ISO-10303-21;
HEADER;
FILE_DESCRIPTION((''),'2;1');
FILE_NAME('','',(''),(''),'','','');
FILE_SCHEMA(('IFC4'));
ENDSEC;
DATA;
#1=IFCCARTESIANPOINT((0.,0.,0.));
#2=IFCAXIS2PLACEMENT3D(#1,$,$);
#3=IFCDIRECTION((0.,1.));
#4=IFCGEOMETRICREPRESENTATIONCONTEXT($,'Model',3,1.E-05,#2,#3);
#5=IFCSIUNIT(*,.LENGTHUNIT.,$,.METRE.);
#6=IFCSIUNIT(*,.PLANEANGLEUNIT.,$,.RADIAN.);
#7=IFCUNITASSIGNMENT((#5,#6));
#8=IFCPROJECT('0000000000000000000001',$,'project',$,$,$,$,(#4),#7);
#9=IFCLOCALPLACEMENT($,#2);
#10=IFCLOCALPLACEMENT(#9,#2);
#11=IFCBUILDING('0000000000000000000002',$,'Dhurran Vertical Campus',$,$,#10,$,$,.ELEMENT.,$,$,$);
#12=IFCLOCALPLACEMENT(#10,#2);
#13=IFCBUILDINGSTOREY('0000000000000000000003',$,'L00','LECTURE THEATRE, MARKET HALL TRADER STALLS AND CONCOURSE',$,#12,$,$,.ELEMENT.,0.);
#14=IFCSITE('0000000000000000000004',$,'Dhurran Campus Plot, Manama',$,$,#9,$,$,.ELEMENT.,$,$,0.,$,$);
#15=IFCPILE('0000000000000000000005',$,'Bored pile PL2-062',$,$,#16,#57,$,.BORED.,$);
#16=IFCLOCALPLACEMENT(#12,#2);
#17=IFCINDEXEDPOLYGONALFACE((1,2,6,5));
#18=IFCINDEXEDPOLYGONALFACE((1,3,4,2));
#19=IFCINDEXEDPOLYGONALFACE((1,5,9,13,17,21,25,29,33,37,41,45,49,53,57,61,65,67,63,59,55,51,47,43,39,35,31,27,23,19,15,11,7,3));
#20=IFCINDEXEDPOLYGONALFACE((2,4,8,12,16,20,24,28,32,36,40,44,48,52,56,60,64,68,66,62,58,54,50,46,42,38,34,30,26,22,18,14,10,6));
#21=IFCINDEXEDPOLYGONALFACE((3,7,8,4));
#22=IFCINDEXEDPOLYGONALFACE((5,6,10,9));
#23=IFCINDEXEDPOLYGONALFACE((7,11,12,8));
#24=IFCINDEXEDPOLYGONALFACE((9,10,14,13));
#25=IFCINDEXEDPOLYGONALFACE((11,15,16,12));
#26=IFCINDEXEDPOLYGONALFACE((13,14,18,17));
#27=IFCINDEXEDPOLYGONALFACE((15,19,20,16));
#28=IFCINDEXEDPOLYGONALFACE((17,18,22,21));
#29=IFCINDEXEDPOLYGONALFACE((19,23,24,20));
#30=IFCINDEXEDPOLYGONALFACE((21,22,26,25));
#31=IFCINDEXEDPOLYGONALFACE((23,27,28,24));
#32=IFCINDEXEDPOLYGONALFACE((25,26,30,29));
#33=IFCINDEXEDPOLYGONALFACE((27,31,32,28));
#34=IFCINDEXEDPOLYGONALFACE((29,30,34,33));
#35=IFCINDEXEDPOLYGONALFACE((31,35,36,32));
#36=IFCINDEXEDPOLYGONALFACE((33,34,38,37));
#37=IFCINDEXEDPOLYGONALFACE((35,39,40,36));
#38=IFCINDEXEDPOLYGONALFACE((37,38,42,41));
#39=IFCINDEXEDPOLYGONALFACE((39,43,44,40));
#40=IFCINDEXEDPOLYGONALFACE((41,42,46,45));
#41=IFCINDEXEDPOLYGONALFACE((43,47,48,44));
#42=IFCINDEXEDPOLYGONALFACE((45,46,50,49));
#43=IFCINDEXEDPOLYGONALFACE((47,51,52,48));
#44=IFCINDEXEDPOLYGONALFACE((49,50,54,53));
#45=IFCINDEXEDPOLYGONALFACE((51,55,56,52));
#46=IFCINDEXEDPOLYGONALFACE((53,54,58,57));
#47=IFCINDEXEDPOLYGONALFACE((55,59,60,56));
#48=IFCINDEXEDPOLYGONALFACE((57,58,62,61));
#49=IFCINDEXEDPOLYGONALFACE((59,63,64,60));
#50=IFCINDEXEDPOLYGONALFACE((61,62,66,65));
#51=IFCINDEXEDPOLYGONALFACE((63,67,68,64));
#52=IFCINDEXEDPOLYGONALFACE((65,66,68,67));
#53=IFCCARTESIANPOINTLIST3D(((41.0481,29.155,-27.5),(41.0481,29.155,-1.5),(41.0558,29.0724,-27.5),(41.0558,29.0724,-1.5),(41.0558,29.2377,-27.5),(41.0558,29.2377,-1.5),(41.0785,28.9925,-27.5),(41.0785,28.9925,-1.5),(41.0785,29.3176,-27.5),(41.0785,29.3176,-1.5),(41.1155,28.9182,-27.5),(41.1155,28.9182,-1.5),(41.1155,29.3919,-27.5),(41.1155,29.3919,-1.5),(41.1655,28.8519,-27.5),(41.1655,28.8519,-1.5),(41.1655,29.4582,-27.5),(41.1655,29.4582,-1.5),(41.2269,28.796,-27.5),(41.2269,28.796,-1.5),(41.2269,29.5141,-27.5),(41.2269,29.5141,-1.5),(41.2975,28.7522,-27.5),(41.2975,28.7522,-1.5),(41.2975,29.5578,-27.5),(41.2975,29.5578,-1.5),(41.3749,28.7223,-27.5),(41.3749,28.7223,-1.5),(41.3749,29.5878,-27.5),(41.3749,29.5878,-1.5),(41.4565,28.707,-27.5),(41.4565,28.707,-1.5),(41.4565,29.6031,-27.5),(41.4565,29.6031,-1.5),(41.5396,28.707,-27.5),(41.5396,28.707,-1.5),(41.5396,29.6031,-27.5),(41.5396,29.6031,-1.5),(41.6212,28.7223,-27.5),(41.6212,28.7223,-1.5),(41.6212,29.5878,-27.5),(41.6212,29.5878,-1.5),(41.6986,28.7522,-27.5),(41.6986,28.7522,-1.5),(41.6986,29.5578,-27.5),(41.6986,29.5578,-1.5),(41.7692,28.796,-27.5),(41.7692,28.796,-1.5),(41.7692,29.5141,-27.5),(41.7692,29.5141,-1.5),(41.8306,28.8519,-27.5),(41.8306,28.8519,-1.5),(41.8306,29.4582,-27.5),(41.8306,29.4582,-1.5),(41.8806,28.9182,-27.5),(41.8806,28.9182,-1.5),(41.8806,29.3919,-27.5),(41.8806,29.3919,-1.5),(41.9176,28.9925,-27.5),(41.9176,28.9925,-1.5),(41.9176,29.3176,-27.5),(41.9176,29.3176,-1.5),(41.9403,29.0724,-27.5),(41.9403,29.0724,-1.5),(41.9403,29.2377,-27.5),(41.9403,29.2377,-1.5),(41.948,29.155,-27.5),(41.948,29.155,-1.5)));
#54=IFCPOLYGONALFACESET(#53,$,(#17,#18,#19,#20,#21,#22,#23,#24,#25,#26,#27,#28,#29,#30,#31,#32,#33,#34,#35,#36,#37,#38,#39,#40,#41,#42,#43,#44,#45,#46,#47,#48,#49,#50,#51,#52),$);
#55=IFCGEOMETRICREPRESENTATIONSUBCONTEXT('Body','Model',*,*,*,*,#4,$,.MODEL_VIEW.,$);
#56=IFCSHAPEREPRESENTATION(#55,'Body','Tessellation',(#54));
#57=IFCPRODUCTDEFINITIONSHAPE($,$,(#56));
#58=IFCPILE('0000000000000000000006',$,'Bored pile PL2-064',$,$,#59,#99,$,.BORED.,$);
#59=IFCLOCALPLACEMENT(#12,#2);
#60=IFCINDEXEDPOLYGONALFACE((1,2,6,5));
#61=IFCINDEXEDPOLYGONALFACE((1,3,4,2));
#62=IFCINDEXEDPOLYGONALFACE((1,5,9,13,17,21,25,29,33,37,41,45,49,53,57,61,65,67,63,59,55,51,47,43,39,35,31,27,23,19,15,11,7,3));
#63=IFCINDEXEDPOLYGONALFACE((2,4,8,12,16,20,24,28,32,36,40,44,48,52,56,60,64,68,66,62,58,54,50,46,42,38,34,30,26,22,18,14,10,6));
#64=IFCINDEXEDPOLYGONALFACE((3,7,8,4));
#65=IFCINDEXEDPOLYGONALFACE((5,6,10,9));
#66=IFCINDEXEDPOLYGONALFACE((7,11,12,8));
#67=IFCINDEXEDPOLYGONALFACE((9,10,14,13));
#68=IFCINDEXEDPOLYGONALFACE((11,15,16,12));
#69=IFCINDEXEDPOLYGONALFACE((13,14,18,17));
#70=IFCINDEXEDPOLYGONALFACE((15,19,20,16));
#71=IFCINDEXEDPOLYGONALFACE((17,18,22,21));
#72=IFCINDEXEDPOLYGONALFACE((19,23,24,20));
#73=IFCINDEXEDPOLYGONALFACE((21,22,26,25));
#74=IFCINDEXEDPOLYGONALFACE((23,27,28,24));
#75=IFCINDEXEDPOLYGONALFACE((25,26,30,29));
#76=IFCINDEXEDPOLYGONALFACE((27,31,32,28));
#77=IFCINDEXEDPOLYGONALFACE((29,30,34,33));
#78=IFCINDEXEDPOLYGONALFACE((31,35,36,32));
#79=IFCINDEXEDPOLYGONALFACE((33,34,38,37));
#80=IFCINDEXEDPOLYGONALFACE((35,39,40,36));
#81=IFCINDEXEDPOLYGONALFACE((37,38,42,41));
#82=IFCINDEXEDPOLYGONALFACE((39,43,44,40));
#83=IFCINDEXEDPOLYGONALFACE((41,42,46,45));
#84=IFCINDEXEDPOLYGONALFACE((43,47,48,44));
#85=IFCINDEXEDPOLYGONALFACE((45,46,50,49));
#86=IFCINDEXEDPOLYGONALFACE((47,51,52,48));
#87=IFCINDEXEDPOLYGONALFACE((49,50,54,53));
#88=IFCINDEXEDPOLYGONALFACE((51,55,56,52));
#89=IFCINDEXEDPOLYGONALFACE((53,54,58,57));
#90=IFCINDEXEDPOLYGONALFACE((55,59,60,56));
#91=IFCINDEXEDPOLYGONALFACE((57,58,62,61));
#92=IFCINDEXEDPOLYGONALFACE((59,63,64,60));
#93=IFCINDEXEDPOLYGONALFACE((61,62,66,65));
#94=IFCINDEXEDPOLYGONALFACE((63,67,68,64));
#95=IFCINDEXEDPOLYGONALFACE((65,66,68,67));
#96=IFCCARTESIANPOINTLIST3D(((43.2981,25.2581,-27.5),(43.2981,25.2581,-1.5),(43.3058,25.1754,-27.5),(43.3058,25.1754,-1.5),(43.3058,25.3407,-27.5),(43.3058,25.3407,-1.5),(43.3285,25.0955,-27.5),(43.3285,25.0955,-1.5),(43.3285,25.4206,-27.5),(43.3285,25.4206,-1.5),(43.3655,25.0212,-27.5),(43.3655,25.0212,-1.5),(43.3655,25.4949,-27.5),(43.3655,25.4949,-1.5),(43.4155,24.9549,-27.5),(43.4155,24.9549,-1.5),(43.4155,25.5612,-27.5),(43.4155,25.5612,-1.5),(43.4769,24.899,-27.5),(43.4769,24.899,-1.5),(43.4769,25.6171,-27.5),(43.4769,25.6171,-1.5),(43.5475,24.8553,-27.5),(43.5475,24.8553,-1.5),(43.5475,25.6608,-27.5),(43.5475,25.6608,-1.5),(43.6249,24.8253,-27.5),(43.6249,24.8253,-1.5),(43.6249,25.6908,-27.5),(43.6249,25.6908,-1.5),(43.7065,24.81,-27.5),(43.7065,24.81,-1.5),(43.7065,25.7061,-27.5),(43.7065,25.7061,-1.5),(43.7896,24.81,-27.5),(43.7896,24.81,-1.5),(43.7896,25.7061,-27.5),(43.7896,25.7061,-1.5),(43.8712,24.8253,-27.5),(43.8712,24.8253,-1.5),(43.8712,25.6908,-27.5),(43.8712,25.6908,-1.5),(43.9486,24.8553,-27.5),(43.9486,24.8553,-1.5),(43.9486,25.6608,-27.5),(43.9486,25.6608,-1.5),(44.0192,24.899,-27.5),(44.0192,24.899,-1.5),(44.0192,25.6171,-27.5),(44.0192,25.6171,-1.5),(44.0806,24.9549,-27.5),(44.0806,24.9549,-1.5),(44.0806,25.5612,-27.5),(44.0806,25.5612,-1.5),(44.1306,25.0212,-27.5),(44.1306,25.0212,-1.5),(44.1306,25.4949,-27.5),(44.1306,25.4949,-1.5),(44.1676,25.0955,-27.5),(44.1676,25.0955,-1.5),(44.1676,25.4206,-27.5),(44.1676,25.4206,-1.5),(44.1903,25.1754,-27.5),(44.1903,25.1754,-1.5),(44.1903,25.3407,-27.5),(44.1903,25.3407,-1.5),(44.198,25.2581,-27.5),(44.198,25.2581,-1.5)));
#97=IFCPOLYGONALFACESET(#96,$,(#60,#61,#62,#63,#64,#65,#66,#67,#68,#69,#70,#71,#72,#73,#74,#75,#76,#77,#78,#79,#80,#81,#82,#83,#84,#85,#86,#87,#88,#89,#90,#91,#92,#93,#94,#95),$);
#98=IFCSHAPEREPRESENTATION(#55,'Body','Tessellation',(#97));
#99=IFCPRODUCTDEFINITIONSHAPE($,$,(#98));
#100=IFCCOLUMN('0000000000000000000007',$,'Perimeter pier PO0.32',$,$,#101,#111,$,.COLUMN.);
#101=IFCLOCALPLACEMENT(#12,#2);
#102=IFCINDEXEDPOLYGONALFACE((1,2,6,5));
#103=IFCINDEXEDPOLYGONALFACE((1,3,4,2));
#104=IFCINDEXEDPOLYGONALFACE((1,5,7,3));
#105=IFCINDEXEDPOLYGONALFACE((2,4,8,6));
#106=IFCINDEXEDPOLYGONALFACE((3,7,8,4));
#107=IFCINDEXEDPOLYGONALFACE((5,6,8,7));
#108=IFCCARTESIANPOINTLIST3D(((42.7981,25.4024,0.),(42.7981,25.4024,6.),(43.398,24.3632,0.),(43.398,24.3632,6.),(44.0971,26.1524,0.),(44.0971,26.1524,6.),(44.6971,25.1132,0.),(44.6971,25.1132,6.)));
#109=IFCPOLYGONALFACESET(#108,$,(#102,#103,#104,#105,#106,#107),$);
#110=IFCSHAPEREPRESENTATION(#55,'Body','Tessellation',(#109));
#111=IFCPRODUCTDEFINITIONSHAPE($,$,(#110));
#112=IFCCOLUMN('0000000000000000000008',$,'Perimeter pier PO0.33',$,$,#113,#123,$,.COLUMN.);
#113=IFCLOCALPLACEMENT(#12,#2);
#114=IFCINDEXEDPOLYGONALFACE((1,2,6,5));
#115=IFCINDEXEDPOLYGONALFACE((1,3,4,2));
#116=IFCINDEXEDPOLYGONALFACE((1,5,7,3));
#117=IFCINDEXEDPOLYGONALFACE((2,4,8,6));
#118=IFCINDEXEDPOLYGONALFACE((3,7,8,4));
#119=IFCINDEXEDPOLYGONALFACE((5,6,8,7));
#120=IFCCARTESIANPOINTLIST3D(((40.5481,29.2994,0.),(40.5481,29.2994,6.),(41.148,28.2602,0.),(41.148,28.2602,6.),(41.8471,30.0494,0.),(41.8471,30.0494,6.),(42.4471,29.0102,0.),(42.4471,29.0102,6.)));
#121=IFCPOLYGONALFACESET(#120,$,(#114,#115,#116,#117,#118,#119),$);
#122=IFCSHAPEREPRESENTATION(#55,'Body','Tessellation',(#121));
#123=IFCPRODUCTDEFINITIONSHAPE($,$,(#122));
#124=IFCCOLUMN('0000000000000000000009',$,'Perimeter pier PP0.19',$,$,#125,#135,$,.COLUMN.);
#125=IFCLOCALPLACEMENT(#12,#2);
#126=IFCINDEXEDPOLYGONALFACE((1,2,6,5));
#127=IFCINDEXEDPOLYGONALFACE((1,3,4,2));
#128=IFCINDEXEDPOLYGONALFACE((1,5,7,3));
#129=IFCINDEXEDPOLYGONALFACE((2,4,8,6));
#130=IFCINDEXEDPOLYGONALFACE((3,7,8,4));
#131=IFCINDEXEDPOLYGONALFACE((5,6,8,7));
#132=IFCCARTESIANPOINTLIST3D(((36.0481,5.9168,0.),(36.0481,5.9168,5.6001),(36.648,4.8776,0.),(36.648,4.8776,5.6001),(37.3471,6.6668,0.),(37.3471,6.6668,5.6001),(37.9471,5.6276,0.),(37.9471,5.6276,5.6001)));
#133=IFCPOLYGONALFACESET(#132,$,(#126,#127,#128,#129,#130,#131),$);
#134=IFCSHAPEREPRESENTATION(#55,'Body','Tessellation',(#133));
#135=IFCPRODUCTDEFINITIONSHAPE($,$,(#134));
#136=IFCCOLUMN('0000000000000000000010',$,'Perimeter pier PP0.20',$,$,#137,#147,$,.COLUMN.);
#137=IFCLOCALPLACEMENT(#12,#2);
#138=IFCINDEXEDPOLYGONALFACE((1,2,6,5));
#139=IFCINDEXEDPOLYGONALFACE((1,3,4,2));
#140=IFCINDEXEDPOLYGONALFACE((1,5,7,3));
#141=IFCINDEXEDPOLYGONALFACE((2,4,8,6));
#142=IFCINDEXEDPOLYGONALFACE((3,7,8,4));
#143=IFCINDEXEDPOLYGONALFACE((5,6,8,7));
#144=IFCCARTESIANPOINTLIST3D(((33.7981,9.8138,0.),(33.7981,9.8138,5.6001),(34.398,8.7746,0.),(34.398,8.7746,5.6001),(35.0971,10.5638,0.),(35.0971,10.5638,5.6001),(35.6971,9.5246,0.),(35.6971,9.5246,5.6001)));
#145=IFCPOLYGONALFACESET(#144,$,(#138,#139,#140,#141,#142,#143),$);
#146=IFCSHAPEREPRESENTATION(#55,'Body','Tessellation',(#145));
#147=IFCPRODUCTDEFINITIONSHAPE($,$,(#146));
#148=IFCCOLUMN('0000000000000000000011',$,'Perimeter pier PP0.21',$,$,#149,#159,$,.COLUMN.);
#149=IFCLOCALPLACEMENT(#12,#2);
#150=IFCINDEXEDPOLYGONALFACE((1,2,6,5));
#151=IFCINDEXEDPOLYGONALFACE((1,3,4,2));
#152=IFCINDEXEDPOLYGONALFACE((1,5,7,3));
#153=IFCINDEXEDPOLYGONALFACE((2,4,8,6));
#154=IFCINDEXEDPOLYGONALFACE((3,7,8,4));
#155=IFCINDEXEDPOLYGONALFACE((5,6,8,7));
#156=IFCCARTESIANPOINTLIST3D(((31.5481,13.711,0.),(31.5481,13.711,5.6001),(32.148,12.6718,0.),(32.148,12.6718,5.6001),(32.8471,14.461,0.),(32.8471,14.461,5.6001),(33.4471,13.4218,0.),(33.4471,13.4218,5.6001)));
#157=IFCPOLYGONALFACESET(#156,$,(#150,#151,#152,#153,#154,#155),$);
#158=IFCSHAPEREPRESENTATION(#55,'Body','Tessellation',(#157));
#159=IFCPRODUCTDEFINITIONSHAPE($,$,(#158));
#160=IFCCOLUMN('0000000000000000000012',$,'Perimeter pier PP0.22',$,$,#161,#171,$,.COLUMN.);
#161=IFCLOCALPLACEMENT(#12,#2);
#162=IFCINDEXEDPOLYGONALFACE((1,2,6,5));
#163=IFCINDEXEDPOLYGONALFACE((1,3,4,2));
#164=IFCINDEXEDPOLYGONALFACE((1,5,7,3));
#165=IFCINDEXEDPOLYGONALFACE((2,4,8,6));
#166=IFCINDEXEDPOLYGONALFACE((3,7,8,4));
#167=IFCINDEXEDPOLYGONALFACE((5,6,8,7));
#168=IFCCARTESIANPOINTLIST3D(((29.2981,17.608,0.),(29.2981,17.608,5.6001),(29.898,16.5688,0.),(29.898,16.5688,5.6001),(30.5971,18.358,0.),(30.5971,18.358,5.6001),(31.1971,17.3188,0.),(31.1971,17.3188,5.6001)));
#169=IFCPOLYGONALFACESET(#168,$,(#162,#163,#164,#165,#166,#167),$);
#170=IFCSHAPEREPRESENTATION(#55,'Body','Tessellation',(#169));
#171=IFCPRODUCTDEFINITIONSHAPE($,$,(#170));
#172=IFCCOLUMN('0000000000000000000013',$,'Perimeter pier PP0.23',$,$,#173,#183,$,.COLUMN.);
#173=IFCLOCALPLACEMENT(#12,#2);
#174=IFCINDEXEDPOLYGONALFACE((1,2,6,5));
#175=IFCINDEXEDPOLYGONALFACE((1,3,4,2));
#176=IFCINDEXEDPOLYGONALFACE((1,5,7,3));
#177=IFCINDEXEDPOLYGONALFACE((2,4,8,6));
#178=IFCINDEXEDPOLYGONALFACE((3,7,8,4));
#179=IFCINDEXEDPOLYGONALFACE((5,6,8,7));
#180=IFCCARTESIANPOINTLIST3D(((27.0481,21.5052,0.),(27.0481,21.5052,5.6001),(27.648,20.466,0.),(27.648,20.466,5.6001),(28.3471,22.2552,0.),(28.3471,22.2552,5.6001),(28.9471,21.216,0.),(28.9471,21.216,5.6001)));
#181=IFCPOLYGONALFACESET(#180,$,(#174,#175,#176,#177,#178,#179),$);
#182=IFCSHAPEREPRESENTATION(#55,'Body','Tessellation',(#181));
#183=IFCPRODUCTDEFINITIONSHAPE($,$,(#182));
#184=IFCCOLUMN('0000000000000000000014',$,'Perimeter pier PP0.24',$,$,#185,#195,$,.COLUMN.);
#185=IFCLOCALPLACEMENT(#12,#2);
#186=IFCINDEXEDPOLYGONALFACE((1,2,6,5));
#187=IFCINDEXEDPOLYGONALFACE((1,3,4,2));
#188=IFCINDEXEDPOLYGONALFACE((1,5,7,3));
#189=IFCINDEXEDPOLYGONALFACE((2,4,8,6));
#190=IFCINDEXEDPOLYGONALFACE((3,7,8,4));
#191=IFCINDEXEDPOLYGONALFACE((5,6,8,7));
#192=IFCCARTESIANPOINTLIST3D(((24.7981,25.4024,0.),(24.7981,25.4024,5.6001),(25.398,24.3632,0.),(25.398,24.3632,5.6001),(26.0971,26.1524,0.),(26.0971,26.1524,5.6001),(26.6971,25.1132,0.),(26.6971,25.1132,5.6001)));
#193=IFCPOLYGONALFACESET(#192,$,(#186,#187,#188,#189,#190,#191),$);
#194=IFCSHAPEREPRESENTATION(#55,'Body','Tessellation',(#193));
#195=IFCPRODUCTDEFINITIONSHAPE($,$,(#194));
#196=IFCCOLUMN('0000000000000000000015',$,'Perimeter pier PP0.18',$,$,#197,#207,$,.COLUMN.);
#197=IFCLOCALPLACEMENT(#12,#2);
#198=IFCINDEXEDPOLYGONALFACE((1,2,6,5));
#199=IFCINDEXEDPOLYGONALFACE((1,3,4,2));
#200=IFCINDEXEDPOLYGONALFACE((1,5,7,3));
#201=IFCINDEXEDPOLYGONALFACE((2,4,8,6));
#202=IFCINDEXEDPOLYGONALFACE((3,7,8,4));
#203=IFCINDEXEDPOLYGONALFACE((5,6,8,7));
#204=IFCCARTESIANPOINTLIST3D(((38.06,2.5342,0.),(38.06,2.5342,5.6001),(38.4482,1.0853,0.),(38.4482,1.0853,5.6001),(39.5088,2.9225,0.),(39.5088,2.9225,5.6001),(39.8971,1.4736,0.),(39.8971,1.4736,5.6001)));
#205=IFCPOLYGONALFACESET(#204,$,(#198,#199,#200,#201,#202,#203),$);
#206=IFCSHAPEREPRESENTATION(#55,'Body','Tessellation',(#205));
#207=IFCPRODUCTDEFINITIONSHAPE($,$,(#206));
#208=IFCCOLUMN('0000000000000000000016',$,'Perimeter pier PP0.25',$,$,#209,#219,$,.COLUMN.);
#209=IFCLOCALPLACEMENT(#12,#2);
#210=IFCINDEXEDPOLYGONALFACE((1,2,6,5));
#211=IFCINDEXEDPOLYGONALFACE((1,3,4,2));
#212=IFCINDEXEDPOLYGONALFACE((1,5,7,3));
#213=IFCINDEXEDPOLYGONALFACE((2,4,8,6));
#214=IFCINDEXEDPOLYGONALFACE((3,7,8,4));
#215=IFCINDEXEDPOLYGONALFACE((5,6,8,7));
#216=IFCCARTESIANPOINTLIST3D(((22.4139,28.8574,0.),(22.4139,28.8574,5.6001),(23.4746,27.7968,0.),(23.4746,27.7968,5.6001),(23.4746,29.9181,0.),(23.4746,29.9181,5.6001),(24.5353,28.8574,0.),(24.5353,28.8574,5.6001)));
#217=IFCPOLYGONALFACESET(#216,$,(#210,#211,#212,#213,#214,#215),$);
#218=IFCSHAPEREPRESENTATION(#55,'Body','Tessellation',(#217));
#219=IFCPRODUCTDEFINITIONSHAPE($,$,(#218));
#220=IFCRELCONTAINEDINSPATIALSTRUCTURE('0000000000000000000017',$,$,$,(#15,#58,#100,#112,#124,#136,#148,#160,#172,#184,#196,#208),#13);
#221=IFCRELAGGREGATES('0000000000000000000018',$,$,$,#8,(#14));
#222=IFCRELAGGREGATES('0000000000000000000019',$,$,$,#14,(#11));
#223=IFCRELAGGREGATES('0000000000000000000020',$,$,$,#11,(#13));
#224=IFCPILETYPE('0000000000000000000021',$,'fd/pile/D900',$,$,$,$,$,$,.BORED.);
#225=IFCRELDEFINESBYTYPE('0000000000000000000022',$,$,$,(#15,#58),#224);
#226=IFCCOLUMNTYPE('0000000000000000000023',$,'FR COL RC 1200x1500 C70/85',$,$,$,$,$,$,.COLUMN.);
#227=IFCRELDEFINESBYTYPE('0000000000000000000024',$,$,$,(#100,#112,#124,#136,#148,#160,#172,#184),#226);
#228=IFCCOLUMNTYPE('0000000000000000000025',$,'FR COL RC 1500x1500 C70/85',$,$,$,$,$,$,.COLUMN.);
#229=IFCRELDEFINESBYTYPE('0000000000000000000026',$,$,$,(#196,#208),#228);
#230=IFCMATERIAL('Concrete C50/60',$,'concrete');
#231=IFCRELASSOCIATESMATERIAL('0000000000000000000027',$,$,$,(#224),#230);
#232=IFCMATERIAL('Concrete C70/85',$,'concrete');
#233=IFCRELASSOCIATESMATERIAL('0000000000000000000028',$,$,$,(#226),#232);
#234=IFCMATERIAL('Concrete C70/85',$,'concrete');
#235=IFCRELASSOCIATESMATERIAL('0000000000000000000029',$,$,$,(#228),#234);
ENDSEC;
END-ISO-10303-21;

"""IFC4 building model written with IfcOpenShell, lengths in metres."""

from ifc_helpers import new_model, si_unit, direction, frame, origin, origin_2d, place, context, subcontext, project, spatial, rectangle, circle, extrude, material, material_profile, profile_set, type_object, element, save


model = new_model("IFC4")

# Units and contexts
model_context = context("Model", 3, precision=1e-05, world=origin(), true_north=direction((0.0, 1.0)))
body_context = subcontext(model_context, "Body", "Model", "MODEL_VIEW")
ifc_project = project(units=[si_unit("LENGTHUNIT", "METRE"), si_unit("PLANEANGLEUNIT", "RADIAN")], contexts=[model_context])

# Site, building, storey
site_placement = place(None, origin())
site = spatial("IfcSite", under=ifc_project, at=site_placement, Name="Dhurran Campus Plot, Manama", CompositionType="ELEMENT", RefElevation=0.0)
building_placement = place(site_placement, origin())
building = spatial("IfcBuilding", under=site, at=building_placement, Name="Dhurran Vertical Campus", CompositionType="ELEMENT")
storey_placement = place(building_placement, origin())
storey = spatial("IfcBuildingStorey", under=building, at=storey_placement, Name="L00", Description="LECTURE THEATRE, MARKET HALL TRADER STALLS AND CONCOURSE", CompositionType="ELEMENT", Elevation=0.0)

# Piles
ifc_material_1 = material(Name="Concrete C50/60", Category="concrete")
ifc_material_profile_1 = material_profile(ifc_material_1, circle(Radius=0.45, at=origin_2d()), Name="fd/pile/D900")
ifc_profile_set_1 = profile_set([ifc_material_profile_1], Name="Concrete C50/60")
pile_type = type_object("IfcPileType", Name="fd/pile/D900", PredefinedType="BORED", material=ifc_profile_set_1)
for number, where, z_axis, x_axis, name in (
    (1, (41.498, 29.155, -1.5), (0.0, 0.0, -1.0), (1.0, 0.0, 0.0), "Bored pile PL2-062"),
    (2, (43.748, 25.2581, -1.5), (0.0, 0.0, -1.0), (1.0, 0.0, 0.0), "Bored pile PL2-064"),
):
    element("IfcPile", number, at=place(storey_placement, frame(where, z_axis=z_axis, x_axis=x_axis)), inside=storey, type_object=pile_type, Name=name, PredefinedType="BORED", context=body_context, shape_type="SweptSolid", body=[
        extrude(circle(Radius=0.45, at=origin_2d()), origin(), (0.0, 0.0, 1.0), 26.0),
    ])

# Columns
ifc_material_2 = material(Name="Concrete C70/85", Category="concrete")
ifc_material_profile_2 = material_profile(ifc_material_2, rectangle(XDim=1.2, YDim=1.5, at=origin_2d()), Name="RC 1200x1500")
ifc_profile_set_2 = profile_set([ifc_material_profile_2], Name="Concrete C70/85")
column_type_1 = type_object("IfcColumnType", Name="FR COL RC 1200x1500 C70/85", PredefinedType="COLUMN", material=ifc_profile_set_2)
for number, where, z_axis, x_axis, name in (
    (3, (43.7476, 25.2578, 0.0), (0.0, 0.0, 1.0), (-0.5, 0.866025, 0.0), "Perimeter pier PO0.32"),
    (4, (41.4976, 29.1548, 0.0), (0.0, 0.0, 1.0), (-0.5, 0.866025, 0.0), "Perimeter pier PO0.33"),
):
    element("IfcColumn", number, at=place(storey_placement, frame(where, z_axis=z_axis, x_axis=x_axis)), inside=storey, type_object=column_type_1, Name=name, PredefinedType="COLUMN", context=body_context, shape_type="SweptSolid", body=[
        extrude(rectangle(XDim=1.2, YDim=1.5, at=origin_2d()), origin(), (0.0, 0.0, 1.0), 6.0),
    ])
for number, where, z_axis, x_axis, name in (
    (5, (36.9976, 5.7722, 0.0), (0.0, 0.0, 1.0), (-0.5, 0.866025, 0.0), "Perimeter pier PP0.19"),
    (6, (34.7476, 9.6692, 0.0), (0.0, 0.0, 1.0), (-0.5, 0.866025, 0.0), "Perimeter pier PP0.20"),
    (7, (32.4976, 13.5664, 0.0), (0.0, 0.0, 1.0), (-0.5, 0.866025, 0.0), "Perimeter pier PP0.21"),
    (8, (30.2476, 17.4634, 0.0), (0.0, 0.0, 1.0), (-0.5, 0.866025, 0.0), "Perimeter pier PP0.22"),
    (9, (27.9976, 21.3606, 0.0), (0.0, 0.0, 1.0), (-0.5, 0.866025, 0.0), "Perimeter pier PP0.23"),
    (10, (25.7476, 25.2578, 0.0), (0.0, 0.0, 1.0), (-0.5, 0.866025, 0.0), "Perimeter pier PP0.24"),
):
    element("IfcColumn", number, at=place(storey_placement, frame(where, z_axis=z_axis, x_axis=x_axis)), inside=storey, type_object=column_type_1, Name=name, PredefinedType="COLUMN", context=body_context, shape_type="SweptSolid", body=[
        extrude(rectangle(XDim=1.2, YDim=1.5, at=origin_2d()), origin(), (0.0, 0.0, 1.0), 5.6001),
    ])
ifc_material_3 = material(Name="Concrete C70/85", Category="concrete")
ifc_material_profile_3 = material_profile(ifc_material_3, rectangle(XDim=1.5, YDim=1.5, at=origin_2d()), Name="RC 1500x1500")
ifc_profile_set_3 = profile_set([ifc_material_profile_3], Name="Concrete C70/85")
column_type_2 = type_object("IfcColumnType", Name="FR COL RC 1500x1500 C70/85", PredefinedType="COLUMN", material=ifc_profile_set_3)
for number, where, z_axis, x_axis, name in (
    (11, (38.9785, 2.0039, 0.0), (0.0, 0.0, 1.0), (-0.258819, 0.965926, 0.0), "Perimeter pier PP0.18"),
    (12, (23.4746, 28.8574, 0.0), (0.0, 0.0, 1.0), (-0.707107, 0.707107, 0.0), "Perimeter pier PP0.25"),
):
    element("IfcColumn", number, at=place(storey_placement, frame(where, z_axis=z_axis, x_axis=x_axis)), inside=storey, type_object=column_type_2, Name=name, PredefinedType="COLUMN", context=body_context, shape_type="SweptSolid", body=[
        extrude(rectangle(XDim=1.5, YDim=1.5, at=origin_2d()), origin(), (0.0, 0.0, 1.0), 5.6001),
    ])

save(model, "model.ifc")
